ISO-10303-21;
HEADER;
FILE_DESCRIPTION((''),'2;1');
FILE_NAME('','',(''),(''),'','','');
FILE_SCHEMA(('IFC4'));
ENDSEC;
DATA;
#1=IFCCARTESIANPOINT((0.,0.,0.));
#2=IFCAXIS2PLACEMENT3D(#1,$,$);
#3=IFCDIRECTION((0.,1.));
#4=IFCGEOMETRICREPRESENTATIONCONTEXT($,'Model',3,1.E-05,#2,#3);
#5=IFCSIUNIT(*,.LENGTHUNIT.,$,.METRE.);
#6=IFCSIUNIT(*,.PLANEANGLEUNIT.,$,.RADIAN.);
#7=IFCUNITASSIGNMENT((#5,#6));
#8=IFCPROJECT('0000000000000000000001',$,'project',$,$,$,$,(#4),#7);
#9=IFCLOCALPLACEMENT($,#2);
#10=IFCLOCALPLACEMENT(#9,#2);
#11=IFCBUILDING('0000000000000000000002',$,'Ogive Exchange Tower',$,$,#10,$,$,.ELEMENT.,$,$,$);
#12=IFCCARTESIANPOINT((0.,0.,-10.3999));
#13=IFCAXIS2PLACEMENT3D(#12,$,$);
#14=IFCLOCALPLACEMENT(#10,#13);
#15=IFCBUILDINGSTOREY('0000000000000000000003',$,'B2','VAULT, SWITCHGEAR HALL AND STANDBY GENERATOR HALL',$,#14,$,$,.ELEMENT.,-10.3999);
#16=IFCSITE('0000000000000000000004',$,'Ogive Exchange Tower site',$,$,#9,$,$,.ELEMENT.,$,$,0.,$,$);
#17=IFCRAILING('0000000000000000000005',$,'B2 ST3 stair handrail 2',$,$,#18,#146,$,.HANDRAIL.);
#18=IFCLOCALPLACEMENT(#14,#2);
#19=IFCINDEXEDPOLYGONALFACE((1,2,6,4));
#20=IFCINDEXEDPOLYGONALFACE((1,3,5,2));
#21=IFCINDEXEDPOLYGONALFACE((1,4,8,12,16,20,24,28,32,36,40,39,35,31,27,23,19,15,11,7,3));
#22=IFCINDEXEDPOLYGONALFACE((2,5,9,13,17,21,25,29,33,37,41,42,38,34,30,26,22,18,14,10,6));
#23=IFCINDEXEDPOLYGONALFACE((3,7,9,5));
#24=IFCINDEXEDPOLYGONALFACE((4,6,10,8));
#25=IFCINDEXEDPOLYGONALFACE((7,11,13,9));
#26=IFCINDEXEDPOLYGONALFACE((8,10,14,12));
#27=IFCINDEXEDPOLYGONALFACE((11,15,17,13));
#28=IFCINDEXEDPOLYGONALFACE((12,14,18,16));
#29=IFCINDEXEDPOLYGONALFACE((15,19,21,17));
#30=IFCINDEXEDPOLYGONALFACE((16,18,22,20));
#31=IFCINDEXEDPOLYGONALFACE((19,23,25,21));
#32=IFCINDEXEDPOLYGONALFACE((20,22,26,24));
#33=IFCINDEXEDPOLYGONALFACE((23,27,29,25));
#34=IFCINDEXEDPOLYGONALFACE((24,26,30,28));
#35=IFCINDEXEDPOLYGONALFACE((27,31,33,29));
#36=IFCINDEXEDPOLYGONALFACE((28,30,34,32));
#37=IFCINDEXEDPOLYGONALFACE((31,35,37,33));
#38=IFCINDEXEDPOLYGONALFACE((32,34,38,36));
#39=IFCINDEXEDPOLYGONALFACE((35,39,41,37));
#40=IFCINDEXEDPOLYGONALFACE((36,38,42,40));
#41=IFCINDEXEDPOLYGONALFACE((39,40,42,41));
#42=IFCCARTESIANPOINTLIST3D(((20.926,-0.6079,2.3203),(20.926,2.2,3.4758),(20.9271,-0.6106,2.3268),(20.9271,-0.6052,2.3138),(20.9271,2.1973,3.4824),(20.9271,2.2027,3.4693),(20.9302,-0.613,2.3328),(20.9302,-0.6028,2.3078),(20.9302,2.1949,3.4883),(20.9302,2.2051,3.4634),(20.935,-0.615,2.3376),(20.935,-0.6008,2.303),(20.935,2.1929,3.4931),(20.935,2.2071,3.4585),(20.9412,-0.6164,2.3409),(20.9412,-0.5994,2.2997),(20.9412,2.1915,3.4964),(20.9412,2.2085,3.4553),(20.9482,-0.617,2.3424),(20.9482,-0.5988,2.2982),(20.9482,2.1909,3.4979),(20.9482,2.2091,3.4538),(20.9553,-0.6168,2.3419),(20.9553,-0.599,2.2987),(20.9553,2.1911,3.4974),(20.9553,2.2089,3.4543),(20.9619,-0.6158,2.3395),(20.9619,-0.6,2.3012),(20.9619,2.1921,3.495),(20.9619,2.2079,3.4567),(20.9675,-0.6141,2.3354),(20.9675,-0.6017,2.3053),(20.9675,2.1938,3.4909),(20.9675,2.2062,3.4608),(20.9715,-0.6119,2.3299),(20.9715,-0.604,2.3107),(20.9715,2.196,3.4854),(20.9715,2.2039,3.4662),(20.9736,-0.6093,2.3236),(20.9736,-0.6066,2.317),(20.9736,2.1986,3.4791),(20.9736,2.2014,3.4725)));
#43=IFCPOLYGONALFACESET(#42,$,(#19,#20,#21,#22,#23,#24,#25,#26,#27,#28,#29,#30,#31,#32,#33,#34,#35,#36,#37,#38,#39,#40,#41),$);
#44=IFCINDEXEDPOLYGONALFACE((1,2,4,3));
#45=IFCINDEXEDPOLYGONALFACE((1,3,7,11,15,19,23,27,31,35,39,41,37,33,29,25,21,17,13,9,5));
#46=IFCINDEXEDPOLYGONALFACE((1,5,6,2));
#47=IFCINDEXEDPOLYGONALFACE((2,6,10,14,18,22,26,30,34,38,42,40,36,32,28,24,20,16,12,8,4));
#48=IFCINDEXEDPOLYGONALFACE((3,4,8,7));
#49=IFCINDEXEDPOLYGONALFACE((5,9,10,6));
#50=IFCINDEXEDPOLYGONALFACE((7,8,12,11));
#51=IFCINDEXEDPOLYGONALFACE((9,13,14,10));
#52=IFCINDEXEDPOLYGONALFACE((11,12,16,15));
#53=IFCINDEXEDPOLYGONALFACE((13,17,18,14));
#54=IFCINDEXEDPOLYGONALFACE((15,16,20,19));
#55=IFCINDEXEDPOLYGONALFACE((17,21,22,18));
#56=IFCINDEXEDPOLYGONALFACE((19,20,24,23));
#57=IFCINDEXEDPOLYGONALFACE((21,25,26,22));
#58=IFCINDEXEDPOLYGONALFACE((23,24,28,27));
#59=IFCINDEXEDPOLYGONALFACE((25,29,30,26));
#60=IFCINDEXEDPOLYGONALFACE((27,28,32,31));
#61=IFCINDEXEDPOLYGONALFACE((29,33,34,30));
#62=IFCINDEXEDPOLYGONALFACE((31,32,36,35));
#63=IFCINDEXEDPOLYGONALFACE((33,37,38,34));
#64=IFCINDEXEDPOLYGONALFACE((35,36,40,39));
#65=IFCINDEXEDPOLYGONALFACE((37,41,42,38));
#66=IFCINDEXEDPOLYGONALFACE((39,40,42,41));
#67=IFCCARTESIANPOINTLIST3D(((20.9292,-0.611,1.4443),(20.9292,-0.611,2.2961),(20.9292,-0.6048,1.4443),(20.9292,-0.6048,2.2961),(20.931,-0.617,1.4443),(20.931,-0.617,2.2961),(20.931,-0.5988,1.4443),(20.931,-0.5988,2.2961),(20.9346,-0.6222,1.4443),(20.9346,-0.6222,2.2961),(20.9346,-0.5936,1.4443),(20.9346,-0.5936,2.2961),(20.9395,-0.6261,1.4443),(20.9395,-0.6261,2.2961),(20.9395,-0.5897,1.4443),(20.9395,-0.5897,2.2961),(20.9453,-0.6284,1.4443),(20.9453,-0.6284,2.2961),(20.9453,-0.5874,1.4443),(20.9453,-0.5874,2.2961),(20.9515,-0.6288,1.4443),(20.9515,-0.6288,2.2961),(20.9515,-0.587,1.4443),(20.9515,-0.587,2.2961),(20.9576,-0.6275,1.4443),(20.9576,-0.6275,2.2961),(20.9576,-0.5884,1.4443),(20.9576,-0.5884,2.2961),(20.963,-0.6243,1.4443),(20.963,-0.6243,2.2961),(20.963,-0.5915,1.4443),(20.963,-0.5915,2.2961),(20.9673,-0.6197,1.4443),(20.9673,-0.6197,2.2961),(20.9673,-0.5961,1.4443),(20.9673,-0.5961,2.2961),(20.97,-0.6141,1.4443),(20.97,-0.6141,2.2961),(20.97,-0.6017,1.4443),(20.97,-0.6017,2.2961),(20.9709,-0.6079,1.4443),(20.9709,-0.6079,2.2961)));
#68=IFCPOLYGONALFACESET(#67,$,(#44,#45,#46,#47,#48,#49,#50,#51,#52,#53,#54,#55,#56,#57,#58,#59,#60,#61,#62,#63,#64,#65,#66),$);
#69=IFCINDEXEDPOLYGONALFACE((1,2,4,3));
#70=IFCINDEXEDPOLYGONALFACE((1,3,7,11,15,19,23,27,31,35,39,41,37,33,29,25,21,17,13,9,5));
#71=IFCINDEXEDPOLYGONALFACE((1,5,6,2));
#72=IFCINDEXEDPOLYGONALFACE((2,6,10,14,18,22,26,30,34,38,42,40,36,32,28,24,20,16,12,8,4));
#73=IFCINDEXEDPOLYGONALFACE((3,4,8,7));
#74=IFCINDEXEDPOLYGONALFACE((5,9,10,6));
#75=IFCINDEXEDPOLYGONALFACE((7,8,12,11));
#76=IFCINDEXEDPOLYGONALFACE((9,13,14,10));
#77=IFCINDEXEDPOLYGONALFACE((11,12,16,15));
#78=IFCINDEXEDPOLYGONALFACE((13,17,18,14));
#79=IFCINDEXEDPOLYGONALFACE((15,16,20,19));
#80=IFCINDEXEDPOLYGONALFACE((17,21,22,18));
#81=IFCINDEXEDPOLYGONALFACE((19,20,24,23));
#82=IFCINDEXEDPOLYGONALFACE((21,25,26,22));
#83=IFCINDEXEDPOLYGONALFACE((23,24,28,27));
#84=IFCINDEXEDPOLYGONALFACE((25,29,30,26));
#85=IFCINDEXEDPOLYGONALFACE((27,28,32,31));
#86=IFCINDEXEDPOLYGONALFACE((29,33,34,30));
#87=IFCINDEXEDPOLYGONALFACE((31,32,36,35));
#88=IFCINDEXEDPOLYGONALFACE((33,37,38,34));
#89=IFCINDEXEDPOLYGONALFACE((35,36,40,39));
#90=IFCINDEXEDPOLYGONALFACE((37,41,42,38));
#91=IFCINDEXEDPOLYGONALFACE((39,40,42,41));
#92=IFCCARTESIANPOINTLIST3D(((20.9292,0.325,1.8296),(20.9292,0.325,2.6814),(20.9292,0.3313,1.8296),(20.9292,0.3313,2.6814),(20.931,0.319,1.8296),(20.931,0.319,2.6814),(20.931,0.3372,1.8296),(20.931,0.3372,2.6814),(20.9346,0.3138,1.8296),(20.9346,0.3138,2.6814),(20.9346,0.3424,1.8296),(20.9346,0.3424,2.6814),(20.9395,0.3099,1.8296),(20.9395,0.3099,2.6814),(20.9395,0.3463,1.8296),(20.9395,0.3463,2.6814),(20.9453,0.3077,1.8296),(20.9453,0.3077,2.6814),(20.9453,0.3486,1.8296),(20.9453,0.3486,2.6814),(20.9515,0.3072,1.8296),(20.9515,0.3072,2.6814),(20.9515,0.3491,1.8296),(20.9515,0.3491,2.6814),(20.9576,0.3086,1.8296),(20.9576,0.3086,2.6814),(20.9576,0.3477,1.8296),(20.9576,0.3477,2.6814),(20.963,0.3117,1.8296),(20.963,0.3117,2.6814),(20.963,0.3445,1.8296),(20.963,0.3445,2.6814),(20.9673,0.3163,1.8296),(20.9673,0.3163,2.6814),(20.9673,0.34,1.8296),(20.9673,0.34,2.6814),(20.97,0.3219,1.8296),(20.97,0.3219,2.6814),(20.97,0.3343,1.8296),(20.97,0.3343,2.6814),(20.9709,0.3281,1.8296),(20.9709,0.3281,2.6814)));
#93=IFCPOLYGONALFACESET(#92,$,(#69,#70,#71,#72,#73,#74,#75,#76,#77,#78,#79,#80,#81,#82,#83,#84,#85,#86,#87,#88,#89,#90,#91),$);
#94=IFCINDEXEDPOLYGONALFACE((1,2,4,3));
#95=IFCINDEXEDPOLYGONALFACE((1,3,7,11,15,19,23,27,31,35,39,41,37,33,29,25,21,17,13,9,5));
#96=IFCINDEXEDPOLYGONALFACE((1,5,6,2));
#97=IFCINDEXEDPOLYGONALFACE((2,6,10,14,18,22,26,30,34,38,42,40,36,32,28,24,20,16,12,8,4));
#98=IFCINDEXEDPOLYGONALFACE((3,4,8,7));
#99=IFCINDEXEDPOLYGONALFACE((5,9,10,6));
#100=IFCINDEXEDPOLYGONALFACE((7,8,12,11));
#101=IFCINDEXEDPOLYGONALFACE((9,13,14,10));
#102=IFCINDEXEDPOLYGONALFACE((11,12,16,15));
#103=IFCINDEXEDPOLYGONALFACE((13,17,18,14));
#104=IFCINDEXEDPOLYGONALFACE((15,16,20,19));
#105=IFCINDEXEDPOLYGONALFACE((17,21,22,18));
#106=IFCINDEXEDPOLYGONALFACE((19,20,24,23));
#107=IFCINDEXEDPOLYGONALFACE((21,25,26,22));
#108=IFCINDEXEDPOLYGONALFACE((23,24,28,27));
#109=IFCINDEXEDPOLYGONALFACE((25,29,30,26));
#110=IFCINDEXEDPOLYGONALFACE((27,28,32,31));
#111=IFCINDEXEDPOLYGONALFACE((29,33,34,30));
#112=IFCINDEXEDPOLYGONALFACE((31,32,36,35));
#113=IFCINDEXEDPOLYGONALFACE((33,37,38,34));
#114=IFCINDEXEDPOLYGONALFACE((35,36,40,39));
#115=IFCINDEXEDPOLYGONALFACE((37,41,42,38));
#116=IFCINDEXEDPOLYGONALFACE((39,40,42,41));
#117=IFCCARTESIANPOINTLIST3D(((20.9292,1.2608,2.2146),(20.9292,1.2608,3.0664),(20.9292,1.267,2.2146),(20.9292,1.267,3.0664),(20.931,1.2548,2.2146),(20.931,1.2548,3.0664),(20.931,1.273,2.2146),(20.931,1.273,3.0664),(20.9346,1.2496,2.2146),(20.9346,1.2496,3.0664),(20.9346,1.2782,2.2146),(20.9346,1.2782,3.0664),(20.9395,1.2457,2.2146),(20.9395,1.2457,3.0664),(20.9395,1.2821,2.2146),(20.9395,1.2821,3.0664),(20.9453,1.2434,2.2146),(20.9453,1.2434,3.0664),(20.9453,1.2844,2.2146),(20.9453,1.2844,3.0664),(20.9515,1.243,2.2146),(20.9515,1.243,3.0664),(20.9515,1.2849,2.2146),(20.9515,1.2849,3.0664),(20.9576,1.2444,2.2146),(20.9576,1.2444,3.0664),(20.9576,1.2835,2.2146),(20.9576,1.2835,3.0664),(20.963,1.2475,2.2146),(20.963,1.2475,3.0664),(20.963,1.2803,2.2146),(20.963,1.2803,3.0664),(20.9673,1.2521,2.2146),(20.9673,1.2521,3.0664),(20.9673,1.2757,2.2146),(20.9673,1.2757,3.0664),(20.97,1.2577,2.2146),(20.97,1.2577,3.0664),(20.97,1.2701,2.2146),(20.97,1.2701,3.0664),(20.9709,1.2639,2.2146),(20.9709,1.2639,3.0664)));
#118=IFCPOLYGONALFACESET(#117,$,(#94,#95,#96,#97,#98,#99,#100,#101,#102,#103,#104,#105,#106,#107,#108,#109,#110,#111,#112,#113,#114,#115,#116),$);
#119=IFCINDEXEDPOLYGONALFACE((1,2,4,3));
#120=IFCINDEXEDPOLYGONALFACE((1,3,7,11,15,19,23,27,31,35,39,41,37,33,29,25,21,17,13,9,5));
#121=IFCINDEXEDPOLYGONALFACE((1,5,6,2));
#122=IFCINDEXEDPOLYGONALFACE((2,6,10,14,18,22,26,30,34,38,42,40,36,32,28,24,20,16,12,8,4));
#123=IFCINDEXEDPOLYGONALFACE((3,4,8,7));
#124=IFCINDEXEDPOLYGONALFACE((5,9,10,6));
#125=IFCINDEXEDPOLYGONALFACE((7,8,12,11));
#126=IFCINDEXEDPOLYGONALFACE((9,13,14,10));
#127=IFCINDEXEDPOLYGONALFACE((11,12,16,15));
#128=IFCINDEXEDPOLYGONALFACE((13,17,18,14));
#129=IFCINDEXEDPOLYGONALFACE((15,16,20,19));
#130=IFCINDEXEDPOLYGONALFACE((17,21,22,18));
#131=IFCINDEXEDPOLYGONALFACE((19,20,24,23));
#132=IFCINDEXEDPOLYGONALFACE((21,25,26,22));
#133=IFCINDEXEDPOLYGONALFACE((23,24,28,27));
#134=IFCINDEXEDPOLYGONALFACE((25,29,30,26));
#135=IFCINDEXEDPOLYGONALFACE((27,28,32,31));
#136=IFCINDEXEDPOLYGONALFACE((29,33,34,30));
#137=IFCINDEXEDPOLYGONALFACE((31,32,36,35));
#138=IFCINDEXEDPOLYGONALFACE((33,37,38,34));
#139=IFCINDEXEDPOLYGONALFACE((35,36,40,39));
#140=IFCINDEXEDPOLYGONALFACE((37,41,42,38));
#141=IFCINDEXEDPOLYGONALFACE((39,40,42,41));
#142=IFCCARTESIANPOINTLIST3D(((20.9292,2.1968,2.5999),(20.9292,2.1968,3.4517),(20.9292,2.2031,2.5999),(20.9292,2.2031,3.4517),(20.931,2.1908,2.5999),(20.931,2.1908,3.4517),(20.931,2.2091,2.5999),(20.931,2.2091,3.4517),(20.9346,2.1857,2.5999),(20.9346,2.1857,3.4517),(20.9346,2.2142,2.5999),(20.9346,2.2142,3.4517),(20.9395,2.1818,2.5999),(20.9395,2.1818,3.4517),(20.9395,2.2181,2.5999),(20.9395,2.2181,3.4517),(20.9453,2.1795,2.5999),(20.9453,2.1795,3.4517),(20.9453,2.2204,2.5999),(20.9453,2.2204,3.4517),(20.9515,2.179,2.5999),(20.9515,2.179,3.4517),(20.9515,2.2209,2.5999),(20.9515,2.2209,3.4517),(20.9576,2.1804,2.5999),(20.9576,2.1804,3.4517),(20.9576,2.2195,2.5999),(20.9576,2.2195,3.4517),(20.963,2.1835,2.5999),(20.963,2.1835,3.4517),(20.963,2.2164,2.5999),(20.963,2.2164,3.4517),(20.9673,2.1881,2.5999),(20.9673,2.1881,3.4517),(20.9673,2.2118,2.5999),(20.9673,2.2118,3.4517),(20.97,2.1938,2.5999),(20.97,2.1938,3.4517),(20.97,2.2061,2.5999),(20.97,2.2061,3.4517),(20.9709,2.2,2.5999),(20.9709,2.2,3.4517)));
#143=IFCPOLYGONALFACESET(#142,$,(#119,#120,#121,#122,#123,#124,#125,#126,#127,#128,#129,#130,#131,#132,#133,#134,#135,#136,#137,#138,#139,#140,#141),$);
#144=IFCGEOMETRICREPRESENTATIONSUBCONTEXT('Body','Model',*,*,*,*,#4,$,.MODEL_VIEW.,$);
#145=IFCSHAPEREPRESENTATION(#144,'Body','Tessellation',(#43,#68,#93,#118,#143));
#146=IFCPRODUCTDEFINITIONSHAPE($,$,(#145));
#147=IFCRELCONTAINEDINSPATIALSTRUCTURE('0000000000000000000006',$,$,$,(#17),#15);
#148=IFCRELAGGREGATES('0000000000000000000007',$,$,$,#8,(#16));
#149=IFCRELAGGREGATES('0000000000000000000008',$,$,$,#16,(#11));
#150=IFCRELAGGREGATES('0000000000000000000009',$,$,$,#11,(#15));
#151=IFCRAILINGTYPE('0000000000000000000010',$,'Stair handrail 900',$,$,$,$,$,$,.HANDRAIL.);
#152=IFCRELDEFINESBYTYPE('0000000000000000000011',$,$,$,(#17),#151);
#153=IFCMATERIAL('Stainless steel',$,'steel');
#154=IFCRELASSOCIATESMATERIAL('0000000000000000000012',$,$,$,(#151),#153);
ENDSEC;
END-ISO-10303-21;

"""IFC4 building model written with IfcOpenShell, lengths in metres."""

from ifc_helpers import new_model, si_unit, direction, frame, origin, origin_2d, place, context, subcontext, project, spatial, circle, extrude, material, type_object, element, save


model = new_model("IFC4")

# Units and contexts
model_context = context("Model", 3, precision=1e-05, world=origin(), true_north=direction((0.0, 1.0)))
body_context = subcontext(model_context, "Body", "Model", "MODEL_VIEW")
ifc_project = project(units=[si_unit("LENGTHUNIT", "METRE"), si_unit("PLANEANGLEUNIT", "RADIAN")], contexts=[model_context])

# Site, building, storey
site_placement = place(None, origin())
site = spatial("IfcSite", under=ifc_project, at=site_placement, Name="Ogive Exchange Tower site", CompositionType="ELEMENT", RefElevation=0.0)
building_placement = place(site_placement, origin())
building = spatial("IfcBuilding", under=site, at=building_placement, Name="Ogive Exchange Tower", CompositionType="ELEMENT")
storey_placement = place(building_placement, frame((0.0, 0.0, -10.3999)))
storey = spatial("IfcBuildingStorey", under=building, at=storey_placement, Name="B2", Description="VAULT, SWITCHGEAR HALL AND STANDBY GENERATOR HALL", CompositionType="ELEMENT", Elevation=-10.3999)

# Railing
ifc_material_1 = material(Name="Stainless steel", Category="steel")
railing_type = type_object("IfcRailingType", Name="Stair handrail 900", PredefinedType="HANDRAIL", material=ifc_material_1)
for number, where, name in (
    (1, (20.95, -0.6079, 1.4443), "B2 ST3 stair handrail 2"),
):
    element("IfcRailing", number, at=place(storey_placement, frame(where)), inside=storey, type_object=railing_type, Name=name, PredefinedType="HANDRAIL", context=body_context, shape_type="SweptSolid", body=[
        extrude(circle(Radius=0.0239, at=origin_2d()), frame((0.0, 0.0, 0.876), z_axis=(0.0, 0.924755, 0.380564), x_axis=(-1.0, 0.0, 0.0)), (0.0, 0.0, 1.0), 3.0364),
        extrude(circle(Radius=0.021, at=origin_2d()), origin(), (0.0, 0.0, 1.0), 0.8518),
        extrude(circle(Radius=0.021, at=origin_2d()), frame((0.0, 0.936, 0.3853)), (0.0, 0.0, 1.0), 0.8518),
        extrude(circle(Radius=0.021, at=origin_2d()), frame((0.0, 1.8718, 0.7703)), (0.0, 0.0, 1.0), 0.8518),
        extrude(circle(Radius=0.021, at=origin_2d()), frame((0.0, 2.8079, 1.1555)), (0.0, 0.0, 1.0), 0.8518),
    ])

save(model, "model.ifc")
